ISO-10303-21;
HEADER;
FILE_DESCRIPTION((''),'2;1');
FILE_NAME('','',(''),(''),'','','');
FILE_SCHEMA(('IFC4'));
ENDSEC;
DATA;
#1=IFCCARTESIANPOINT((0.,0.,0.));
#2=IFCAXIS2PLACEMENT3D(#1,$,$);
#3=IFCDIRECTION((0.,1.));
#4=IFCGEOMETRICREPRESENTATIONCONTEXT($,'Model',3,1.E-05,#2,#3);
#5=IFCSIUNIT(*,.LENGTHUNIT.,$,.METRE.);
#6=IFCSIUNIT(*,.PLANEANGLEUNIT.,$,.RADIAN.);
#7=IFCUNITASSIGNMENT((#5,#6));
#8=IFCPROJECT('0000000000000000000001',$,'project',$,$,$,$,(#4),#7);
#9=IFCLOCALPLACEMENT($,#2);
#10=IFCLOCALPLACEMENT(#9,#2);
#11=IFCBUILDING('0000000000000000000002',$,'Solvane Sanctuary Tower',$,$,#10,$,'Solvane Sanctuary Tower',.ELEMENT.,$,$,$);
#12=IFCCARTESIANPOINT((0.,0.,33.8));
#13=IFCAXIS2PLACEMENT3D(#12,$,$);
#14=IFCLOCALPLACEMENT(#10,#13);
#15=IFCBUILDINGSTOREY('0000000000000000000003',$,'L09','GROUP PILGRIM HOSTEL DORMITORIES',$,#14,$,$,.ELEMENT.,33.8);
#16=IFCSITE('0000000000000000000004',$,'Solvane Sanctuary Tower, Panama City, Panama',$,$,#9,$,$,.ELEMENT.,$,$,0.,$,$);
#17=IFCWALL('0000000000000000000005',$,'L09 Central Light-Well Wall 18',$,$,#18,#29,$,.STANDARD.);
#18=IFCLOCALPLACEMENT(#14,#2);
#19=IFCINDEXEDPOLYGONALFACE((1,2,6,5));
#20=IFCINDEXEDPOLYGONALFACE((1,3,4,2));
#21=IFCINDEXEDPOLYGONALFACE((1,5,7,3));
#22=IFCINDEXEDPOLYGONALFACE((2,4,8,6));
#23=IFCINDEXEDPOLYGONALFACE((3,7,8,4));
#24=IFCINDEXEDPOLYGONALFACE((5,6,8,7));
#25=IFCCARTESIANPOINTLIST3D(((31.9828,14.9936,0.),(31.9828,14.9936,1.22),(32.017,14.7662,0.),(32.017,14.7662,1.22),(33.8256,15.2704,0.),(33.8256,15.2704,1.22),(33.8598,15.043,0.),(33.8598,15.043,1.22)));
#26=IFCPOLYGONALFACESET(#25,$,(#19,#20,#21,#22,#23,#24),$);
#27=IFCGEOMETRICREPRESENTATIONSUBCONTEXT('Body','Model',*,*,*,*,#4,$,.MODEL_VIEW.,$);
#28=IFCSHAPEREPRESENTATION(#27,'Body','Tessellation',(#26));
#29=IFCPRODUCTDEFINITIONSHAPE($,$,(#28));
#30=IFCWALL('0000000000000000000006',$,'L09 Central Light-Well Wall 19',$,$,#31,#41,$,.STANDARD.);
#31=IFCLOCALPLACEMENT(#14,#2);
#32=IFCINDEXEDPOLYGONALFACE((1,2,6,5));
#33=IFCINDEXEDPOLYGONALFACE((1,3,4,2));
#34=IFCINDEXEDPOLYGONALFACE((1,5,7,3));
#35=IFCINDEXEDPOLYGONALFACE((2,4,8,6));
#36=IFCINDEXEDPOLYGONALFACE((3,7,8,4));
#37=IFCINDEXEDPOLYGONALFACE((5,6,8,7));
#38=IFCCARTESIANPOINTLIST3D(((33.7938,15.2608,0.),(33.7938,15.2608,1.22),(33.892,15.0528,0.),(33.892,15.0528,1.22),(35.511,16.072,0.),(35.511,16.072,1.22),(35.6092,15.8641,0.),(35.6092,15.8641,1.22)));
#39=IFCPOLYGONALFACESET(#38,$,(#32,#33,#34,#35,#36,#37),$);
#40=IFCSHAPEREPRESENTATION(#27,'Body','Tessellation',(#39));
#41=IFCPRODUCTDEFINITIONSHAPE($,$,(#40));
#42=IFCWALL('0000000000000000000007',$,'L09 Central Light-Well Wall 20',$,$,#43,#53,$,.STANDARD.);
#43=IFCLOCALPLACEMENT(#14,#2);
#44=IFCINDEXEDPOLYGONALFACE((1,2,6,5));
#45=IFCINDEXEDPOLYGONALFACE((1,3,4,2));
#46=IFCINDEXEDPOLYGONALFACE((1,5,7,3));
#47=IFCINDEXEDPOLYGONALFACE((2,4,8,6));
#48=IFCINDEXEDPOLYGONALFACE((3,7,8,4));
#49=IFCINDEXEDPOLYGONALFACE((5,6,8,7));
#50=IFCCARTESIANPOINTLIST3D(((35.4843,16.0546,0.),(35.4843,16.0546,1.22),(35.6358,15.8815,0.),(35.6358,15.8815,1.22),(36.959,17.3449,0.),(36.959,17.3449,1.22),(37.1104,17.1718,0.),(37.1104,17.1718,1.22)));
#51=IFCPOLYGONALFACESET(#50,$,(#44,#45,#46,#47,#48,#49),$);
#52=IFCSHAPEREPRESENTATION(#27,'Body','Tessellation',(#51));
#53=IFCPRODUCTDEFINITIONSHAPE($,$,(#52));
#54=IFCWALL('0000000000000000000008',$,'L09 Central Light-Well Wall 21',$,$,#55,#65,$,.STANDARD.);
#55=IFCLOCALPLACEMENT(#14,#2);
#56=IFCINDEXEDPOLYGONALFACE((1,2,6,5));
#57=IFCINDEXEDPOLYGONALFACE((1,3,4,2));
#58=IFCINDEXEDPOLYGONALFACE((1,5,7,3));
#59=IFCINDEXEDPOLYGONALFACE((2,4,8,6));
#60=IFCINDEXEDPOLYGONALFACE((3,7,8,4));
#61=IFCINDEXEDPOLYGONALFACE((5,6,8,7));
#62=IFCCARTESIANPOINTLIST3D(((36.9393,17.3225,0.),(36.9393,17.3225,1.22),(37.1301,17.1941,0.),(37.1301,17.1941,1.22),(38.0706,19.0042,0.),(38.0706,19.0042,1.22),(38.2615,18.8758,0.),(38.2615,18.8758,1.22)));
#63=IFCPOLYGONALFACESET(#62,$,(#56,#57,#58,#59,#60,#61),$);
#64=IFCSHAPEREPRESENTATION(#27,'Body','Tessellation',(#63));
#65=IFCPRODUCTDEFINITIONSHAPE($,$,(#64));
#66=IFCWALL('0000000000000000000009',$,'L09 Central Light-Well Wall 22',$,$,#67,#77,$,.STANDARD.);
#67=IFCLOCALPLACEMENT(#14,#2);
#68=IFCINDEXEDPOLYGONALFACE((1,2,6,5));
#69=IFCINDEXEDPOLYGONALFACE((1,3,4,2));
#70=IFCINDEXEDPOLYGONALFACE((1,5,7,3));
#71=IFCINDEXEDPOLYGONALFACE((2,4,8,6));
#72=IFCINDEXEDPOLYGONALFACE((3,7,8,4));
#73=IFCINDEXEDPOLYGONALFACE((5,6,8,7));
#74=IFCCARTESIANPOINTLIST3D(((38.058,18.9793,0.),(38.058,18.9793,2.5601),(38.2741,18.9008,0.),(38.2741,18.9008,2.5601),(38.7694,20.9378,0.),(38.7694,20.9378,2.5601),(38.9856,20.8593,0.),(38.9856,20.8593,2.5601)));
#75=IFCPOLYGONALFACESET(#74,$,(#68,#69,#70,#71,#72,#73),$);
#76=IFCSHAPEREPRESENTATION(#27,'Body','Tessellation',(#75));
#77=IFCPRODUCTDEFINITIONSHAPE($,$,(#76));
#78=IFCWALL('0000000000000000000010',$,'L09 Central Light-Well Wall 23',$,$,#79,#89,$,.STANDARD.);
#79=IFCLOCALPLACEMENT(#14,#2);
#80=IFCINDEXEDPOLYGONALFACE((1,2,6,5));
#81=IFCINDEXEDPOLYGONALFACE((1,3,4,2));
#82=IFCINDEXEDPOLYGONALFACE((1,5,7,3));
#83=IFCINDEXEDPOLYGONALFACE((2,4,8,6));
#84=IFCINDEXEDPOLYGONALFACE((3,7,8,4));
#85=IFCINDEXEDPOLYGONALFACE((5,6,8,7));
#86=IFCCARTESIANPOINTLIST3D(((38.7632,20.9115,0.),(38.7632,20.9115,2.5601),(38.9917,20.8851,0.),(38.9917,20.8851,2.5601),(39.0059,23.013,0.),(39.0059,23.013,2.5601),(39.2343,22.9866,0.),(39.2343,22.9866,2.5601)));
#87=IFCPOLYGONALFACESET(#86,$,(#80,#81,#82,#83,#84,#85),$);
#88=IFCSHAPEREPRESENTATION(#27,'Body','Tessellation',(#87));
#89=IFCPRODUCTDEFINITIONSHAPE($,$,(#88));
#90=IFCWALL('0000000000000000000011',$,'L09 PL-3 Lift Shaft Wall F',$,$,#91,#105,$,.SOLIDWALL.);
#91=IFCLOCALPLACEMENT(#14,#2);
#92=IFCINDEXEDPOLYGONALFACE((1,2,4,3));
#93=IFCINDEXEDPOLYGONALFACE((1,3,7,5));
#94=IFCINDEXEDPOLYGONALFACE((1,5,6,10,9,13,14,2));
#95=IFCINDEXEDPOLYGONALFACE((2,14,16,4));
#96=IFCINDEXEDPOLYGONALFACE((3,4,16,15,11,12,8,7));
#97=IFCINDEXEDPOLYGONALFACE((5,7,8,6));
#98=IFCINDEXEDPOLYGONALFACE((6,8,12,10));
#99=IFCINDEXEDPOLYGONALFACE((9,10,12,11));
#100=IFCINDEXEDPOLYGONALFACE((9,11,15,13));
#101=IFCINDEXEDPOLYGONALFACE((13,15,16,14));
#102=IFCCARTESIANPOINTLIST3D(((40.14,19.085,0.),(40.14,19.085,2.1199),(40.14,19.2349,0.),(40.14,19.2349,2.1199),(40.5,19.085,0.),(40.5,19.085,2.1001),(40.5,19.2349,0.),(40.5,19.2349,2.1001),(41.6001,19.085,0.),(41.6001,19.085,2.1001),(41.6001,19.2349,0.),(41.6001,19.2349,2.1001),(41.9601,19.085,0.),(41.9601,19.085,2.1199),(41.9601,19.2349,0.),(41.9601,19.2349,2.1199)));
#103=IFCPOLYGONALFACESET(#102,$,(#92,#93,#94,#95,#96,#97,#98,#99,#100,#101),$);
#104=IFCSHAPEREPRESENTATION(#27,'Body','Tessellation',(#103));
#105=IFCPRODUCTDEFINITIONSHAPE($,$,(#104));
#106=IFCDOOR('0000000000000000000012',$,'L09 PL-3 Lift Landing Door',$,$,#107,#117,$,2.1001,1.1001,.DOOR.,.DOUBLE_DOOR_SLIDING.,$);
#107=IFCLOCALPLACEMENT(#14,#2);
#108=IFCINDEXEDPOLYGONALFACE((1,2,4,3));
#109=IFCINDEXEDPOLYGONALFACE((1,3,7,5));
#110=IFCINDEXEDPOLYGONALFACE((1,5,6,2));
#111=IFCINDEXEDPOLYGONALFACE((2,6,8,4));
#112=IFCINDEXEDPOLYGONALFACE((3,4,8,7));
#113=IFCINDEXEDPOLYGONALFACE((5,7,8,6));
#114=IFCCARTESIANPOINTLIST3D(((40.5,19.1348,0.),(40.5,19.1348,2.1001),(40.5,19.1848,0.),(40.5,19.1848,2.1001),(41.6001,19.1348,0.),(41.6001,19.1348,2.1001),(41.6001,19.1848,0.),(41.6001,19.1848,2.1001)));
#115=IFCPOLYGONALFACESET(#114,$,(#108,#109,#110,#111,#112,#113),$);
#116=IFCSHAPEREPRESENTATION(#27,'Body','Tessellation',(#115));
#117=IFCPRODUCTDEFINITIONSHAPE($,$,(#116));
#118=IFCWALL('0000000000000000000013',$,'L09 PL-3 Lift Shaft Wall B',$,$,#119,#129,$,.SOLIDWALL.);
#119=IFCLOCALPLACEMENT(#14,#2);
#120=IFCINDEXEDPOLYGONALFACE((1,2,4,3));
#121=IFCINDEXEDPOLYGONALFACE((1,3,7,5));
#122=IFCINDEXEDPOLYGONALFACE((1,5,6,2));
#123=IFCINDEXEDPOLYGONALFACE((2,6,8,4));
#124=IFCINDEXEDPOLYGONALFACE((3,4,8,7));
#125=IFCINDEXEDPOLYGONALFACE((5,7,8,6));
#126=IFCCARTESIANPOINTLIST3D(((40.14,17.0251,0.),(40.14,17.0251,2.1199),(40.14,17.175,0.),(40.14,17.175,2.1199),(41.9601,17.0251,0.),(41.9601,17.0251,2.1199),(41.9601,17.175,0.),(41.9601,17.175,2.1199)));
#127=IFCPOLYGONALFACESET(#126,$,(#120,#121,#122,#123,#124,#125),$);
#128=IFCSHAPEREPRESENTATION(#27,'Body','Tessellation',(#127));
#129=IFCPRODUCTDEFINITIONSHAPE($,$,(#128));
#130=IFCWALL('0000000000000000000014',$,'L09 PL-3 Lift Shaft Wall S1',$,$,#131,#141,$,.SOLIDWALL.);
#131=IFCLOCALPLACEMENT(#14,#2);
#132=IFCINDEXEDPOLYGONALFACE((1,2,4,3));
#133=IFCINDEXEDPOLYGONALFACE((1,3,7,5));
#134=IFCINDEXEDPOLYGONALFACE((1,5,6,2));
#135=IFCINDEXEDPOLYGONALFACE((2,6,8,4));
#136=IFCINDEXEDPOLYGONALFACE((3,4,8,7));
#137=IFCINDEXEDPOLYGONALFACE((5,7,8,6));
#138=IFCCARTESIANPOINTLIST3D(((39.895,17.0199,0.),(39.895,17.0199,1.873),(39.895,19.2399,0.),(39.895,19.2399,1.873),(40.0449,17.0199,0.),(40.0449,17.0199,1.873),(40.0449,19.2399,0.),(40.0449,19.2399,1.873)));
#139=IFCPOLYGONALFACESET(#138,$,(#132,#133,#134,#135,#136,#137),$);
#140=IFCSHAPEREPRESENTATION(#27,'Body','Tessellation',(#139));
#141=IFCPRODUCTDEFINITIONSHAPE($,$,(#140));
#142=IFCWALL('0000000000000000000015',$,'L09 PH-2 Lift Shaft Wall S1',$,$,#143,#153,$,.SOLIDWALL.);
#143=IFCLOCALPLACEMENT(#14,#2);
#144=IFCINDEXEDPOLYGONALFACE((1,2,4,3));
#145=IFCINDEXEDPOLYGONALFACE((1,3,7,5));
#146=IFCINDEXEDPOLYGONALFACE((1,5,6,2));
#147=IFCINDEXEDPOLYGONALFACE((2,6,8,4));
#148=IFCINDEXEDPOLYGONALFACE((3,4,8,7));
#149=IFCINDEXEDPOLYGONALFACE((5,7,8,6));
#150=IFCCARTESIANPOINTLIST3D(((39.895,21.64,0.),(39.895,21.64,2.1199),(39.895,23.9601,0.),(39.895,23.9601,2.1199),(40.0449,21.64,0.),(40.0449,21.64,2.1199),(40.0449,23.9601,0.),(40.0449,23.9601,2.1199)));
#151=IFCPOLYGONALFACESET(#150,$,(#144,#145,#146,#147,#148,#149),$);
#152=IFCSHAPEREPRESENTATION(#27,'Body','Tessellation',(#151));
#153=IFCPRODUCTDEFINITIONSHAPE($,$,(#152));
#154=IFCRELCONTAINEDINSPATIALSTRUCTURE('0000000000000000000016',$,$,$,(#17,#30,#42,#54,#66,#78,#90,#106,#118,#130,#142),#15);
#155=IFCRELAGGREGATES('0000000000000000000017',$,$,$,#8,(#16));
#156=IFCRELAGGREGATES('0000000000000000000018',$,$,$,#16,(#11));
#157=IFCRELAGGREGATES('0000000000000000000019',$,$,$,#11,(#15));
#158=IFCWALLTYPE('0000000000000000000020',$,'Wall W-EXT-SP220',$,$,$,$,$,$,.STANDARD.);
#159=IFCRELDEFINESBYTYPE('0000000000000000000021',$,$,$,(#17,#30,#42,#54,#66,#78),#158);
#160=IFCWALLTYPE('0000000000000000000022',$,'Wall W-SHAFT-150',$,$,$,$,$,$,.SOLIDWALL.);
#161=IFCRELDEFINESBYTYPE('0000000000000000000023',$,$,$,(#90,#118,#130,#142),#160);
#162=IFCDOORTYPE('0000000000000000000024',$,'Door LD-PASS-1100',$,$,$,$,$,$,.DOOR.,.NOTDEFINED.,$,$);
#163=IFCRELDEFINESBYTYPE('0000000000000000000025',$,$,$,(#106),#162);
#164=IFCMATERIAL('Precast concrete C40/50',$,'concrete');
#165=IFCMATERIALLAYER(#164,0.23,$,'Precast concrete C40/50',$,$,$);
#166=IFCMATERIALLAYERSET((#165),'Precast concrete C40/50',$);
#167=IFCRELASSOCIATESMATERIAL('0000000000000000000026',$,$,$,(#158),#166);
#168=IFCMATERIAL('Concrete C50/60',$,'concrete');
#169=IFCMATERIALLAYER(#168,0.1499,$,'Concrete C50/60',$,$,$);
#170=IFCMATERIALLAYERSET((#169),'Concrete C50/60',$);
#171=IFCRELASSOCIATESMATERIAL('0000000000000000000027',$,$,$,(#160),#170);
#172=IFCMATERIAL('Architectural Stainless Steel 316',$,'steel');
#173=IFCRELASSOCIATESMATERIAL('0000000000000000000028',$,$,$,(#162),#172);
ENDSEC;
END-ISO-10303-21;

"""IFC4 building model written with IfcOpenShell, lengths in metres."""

from ifc_helpers import new_model, si_unit, direction, frame, frame_2d, origin, place, context, subcontext, project, spatial, rectangle, extrude, material, layer, layer_set, type_object, element, fill, save


model = new_model("IFC4")

# Units and contexts
model_context = context("Model", 3, precision=1e-05, world=origin(), true_north=direction((0.0, 1.0)))
body_context = subcontext(model_context, "Body", "Model", "MODEL_VIEW")
ifc_project = project(units=[si_unit("LENGTHUNIT", "METRE"), si_unit("PLANEANGLEUNIT", "RADIAN")], contexts=[model_context])

# Site, building, storey
site_placement = place(None, origin())
site = spatial("IfcSite", under=ifc_project, at=site_placement, Name="Solvane Sanctuary Tower, Panama City, Panama", CompositionType="ELEMENT", RefElevation=0.0)
building_placement = place(site_placement, origin())
building = spatial("IfcBuilding", under=site, at=building_placement, Name="Solvane Sanctuary Tower", LongName="Solvane Sanctuary Tower", CompositionType="ELEMENT")
storey_placement = place(building_placement, frame((0.0, 0.0, 33.8)))
storey = spatial("IfcBuildingStorey", under=building, at=storey_placement, Name="L09", Description="GROUP PILGRIM HOSTEL DORMITORIES", CompositionType="ELEMENT", Elevation=33.8)

# Walls
ifc_material_1 = material(Name="Precast concrete C40/50", Category="concrete")
ifc_layer_1 = layer(ifc_material_1, 0.23, Name="Precast concrete C40/50")
ifc_layer_set_1 = layer_set([ifc_layer_1], Name="Precast concrete C40/50")
wall_type_1 = type_object("IfcWallType", Name="Wall W-EXT-SP220", PredefinedType="STANDARD", material=ifc_layer_set_1)
wall_1_placement = place(storey_placement, frame((32.0, 14.8799, 0.0), z_axis=(0.0, 0.0, 1.0), x_axis=(0.988902, 0.148571, 0.0)))
element("IfcWall", 1, at=wall_1_placement, inside=storey, type_object=wall_type_1, Name="L09 Central Light-Well Wall 18", PredefinedType="STANDARD", context=body_context, shape_type="SweptSolid", body=[
    extrude(rectangle(XDim=1.8635, YDim=0.23, at=frame_2d((0.9316, 0.0))), origin(), (0.0, 0.0, 1.0), 1.22),
])
wall_2_placement = place(storey_placement, frame((33.8428, 15.1567, 0.0), z_axis=(0.0, 0.0, 1.0), x_axis=(0.90418, 0.427152, 0.0)))
element("IfcWall", 2, at=wall_2_placement, inside=storey, type_object=wall_type_1, Name="L09 Central Light-Well Wall 19", PredefinedType="STANDARD", context=body_context, shape_type="SweptSolid", body=[
    extrude(rectangle(XDim=1.8992, YDim=0.23, at=frame_2d((0.9497, 0.0))), origin(), (0.0, 0.0, 1.0), 1.22),
])
wall_3_placement = place(storey_placement, frame((35.5601, 15.968, 0.0), z_axis=(0.0, 0.0, 1.0), x_axis=(0.752577, 0.658505, 0.0)))
element("IfcWall", 3, at=wall_3_placement, inside=storey, type_object=wall_type_1, Name="L09 Central Light-Well Wall 20", PredefinedType="STANDARD", context=body_context, shape_type="SweptSolid", body=[
    extrude(rectangle(XDim=1.9595, YDim=0.23, at=frame_2d((0.9797, 0.0))), origin(), (0.0, 0.0, 1.0), 1.22),
])
wall_4_placement = place(storey_placement, frame((37.0347, 17.2583, 0.0), z_axis=(0.0, 0.0, 1.0), x_axis=(0.558198, 0.829708, 0.0)))
element("IfcWall", 4, at=wall_4_placement, inside=storey, type_object=wall_type_1, Name="L09 Central Light-Well Wall 21", PredefinedType="STANDARD", context=body_context, shape_type="SweptSolid", body=[
    extrude(rectangle(XDim=2.0269, YDim=0.23, at=frame_2d((1.0134, 0.0))), origin(), (0.0, 0.0, 1.0), 1.22),
])
wall_5_placement = place(storey_placement, frame((38.166, 18.9399, 0.0), z_axis=(0.0, 0.0, 1.0), x_axis=(0.341423, 0.93991, 0.0)))
element("IfcWall", 5, at=wall_5_placement, inside=storey, type_object=wall_type_1, Name="L09 Central Light-Well Wall 22", PredefinedType="STANDARD", context=body_context, shape_type="SweptSolid", body=[
    extrude(rectangle(XDim=2.0837, YDim=0.23, at=frame_2d((1.042, 0.0))), origin(), (0.0, 0.0, 1.0), 2.5601),
])
wall_6_placement = place(storey_placement, frame((38.8774, 20.8984, 0.0), z_axis=(0.0, 0.0, 1.0), x_axis=(0.114712, 0.993399, 0.0)))
element("IfcWall", 6, at=wall_6_placement, inside=storey, type_object=wall_type_1, Name="L09 Central Light-Well Wall 23", PredefinedType="STANDARD", context=body_context, shape_type="SweptSolid", body=[
    extrude(rectangle(XDim=2.1155, YDim=0.23, at=frame_2d((1.0576, 0.0))), origin(), (0.0, 0.0, 1.0), 2.5601),
])

# Wall, opening, door
ifc_material_2 = material(Name="Concrete C50/60", Category="concrete")
ifc_layer_2 = layer(ifc_material_2, 0.1499, Name="Concrete C50/60")
ifc_layer_set_2 = layer_set([ifc_layer_2], Name="Concrete C50/60")
wall_type_2 = type_object("IfcWallType", Name="Wall W-SHAFT-150", PredefinedType="SOLIDWALL", material=ifc_layer_set_2)
wall_7_placement = place(storey_placement, frame((40.1399, 19.1599, 0.0), z_axis=(0.0, 0.0, 1.0), x_axis=(1.0, 0.0, 0.0)))
wall_7 = element("IfcWall", 7, at=wall_7_placement, inside=storey, type_object=wall_type_2, Name="L09 PL-3 Lift Shaft Wall F", PredefinedType="SOLIDWALL", context=body_context, shape_type="SweptSolid", body=[
    extrude(rectangle(XDim=1.8201, YDim=0.1499, at=frame_2d((0.9102, 0.0))), origin(), (0.0, 0.0, 1.0), 2.1199),
])
opening_placement = place(wall_7_placement, frame((0.3601, 0.0, 0.0)))
opening = element("IfcOpeningElement", 8, at=opening_placement, cuts=wall_7, PredefinedType="OPENING", context=body_context, shape_type="SweptSolid", body=[
    extrude(rectangle(XDim=1.1001, YDim=2.1001, at=frame_2d((0.55, 1.05))), frame((0.0, 0.085, 0.0), z_axis=(0.0, -1.0, 0.0), x_axis=(1.0, 0.0, 0.0)), (0.0, 0.0, 1.0), 0.1699),
])
ifc_material_3 = material(Name="Architectural Stainless Steel 316", Category="steel")
door_type = type_object("IfcDoorType", Name="Door LD-PASS-1100", OperationType="NOTDEFINED", PredefinedType="DOOR", material=ifc_material_3)
door_placement = place(opening_placement, origin())
door = element("IfcDoor", 9, at=door_placement, inside=storey, type_object=door_type, Name="L09 PL-3 Lift Landing Door", OperationType="DOUBLE_DOOR_SLIDING", OverallHeight=2.1001, OverallWidth=1.1001, PredefinedType="DOOR", context=body_context, shape_type="SweptSolid", body=[
    extrude(rectangle(XDim=1.1001, YDim=2.1001, at=frame_2d((0.55, 1.05))), frame((0.0, 0.0249, 0.0), z_axis=(0.0, -1.0, 0.0), x_axis=(1.0, 0.0, 0.0)), (0.0, 0.0, 1.0), 0.05),
])
fill(opening, door)

# Walls
wall_8_placement = place(storey_placement, frame((40.1399, 17.1001, 0.0), z_axis=(0.0, 0.0, 1.0), x_axis=(1.0, 0.0, 0.0)))
element("IfcWall", 10, at=wall_8_placement, inside=storey, type_object=wall_type_2, Name="L09 PL-3 Lift Shaft Wall B", PredefinedType="SOLIDWALL", context=body_context, shape_type="SweptSolid", body=[
    extrude(rectangle(XDim=1.8201, YDim=0.1499, at=frame_2d((0.9102, 0.0))), origin(), (0.0, 0.0, 1.0), 2.1199),
])
wall_9_placement = place(storey_placement, frame((39.97, 17.02, 0.0), z_axis=(0.0, 0.0, 1.0), x_axis=(0.0, 1.0, 0.0)))
element("IfcWall", 11, at=wall_9_placement, inside=storey, type_object=wall_type_2, Name="L09 PL-3 Lift Shaft Wall S1", PredefinedType="SOLIDWALL", context=body_context, shape_type="SweptSolid", body=[
    extrude(rectangle(XDim=2.22, YDim=0.1499, at=frame_2d((1.1099, 0.0))), origin(), (0.0, 0.0, 1.0), 1.873),
])
wall_10_placement = place(storey_placement, frame((39.97, 21.6399, 0.0), z_axis=(0.0, 0.0, 1.0), x_axis=(0.0, 1.0, 0.0)))
element("IfcWall", 12, at=wall_10_placement, inside=storey, type_object=wall_type_2, Name="L09 PH-2 Lift Shaft Wall S1", PredefinedType="SOLIDWALL", context=body_context, shape_type="SweptSolid", body=[
    extrude(rectangle(XDim=2.3201, YDim=0.1499, at=frame_2d((1.1602, 0.0))), origin(), (0.0, 0.0, 1.0), 2.1199),
])

save(model, "model.ifc")
